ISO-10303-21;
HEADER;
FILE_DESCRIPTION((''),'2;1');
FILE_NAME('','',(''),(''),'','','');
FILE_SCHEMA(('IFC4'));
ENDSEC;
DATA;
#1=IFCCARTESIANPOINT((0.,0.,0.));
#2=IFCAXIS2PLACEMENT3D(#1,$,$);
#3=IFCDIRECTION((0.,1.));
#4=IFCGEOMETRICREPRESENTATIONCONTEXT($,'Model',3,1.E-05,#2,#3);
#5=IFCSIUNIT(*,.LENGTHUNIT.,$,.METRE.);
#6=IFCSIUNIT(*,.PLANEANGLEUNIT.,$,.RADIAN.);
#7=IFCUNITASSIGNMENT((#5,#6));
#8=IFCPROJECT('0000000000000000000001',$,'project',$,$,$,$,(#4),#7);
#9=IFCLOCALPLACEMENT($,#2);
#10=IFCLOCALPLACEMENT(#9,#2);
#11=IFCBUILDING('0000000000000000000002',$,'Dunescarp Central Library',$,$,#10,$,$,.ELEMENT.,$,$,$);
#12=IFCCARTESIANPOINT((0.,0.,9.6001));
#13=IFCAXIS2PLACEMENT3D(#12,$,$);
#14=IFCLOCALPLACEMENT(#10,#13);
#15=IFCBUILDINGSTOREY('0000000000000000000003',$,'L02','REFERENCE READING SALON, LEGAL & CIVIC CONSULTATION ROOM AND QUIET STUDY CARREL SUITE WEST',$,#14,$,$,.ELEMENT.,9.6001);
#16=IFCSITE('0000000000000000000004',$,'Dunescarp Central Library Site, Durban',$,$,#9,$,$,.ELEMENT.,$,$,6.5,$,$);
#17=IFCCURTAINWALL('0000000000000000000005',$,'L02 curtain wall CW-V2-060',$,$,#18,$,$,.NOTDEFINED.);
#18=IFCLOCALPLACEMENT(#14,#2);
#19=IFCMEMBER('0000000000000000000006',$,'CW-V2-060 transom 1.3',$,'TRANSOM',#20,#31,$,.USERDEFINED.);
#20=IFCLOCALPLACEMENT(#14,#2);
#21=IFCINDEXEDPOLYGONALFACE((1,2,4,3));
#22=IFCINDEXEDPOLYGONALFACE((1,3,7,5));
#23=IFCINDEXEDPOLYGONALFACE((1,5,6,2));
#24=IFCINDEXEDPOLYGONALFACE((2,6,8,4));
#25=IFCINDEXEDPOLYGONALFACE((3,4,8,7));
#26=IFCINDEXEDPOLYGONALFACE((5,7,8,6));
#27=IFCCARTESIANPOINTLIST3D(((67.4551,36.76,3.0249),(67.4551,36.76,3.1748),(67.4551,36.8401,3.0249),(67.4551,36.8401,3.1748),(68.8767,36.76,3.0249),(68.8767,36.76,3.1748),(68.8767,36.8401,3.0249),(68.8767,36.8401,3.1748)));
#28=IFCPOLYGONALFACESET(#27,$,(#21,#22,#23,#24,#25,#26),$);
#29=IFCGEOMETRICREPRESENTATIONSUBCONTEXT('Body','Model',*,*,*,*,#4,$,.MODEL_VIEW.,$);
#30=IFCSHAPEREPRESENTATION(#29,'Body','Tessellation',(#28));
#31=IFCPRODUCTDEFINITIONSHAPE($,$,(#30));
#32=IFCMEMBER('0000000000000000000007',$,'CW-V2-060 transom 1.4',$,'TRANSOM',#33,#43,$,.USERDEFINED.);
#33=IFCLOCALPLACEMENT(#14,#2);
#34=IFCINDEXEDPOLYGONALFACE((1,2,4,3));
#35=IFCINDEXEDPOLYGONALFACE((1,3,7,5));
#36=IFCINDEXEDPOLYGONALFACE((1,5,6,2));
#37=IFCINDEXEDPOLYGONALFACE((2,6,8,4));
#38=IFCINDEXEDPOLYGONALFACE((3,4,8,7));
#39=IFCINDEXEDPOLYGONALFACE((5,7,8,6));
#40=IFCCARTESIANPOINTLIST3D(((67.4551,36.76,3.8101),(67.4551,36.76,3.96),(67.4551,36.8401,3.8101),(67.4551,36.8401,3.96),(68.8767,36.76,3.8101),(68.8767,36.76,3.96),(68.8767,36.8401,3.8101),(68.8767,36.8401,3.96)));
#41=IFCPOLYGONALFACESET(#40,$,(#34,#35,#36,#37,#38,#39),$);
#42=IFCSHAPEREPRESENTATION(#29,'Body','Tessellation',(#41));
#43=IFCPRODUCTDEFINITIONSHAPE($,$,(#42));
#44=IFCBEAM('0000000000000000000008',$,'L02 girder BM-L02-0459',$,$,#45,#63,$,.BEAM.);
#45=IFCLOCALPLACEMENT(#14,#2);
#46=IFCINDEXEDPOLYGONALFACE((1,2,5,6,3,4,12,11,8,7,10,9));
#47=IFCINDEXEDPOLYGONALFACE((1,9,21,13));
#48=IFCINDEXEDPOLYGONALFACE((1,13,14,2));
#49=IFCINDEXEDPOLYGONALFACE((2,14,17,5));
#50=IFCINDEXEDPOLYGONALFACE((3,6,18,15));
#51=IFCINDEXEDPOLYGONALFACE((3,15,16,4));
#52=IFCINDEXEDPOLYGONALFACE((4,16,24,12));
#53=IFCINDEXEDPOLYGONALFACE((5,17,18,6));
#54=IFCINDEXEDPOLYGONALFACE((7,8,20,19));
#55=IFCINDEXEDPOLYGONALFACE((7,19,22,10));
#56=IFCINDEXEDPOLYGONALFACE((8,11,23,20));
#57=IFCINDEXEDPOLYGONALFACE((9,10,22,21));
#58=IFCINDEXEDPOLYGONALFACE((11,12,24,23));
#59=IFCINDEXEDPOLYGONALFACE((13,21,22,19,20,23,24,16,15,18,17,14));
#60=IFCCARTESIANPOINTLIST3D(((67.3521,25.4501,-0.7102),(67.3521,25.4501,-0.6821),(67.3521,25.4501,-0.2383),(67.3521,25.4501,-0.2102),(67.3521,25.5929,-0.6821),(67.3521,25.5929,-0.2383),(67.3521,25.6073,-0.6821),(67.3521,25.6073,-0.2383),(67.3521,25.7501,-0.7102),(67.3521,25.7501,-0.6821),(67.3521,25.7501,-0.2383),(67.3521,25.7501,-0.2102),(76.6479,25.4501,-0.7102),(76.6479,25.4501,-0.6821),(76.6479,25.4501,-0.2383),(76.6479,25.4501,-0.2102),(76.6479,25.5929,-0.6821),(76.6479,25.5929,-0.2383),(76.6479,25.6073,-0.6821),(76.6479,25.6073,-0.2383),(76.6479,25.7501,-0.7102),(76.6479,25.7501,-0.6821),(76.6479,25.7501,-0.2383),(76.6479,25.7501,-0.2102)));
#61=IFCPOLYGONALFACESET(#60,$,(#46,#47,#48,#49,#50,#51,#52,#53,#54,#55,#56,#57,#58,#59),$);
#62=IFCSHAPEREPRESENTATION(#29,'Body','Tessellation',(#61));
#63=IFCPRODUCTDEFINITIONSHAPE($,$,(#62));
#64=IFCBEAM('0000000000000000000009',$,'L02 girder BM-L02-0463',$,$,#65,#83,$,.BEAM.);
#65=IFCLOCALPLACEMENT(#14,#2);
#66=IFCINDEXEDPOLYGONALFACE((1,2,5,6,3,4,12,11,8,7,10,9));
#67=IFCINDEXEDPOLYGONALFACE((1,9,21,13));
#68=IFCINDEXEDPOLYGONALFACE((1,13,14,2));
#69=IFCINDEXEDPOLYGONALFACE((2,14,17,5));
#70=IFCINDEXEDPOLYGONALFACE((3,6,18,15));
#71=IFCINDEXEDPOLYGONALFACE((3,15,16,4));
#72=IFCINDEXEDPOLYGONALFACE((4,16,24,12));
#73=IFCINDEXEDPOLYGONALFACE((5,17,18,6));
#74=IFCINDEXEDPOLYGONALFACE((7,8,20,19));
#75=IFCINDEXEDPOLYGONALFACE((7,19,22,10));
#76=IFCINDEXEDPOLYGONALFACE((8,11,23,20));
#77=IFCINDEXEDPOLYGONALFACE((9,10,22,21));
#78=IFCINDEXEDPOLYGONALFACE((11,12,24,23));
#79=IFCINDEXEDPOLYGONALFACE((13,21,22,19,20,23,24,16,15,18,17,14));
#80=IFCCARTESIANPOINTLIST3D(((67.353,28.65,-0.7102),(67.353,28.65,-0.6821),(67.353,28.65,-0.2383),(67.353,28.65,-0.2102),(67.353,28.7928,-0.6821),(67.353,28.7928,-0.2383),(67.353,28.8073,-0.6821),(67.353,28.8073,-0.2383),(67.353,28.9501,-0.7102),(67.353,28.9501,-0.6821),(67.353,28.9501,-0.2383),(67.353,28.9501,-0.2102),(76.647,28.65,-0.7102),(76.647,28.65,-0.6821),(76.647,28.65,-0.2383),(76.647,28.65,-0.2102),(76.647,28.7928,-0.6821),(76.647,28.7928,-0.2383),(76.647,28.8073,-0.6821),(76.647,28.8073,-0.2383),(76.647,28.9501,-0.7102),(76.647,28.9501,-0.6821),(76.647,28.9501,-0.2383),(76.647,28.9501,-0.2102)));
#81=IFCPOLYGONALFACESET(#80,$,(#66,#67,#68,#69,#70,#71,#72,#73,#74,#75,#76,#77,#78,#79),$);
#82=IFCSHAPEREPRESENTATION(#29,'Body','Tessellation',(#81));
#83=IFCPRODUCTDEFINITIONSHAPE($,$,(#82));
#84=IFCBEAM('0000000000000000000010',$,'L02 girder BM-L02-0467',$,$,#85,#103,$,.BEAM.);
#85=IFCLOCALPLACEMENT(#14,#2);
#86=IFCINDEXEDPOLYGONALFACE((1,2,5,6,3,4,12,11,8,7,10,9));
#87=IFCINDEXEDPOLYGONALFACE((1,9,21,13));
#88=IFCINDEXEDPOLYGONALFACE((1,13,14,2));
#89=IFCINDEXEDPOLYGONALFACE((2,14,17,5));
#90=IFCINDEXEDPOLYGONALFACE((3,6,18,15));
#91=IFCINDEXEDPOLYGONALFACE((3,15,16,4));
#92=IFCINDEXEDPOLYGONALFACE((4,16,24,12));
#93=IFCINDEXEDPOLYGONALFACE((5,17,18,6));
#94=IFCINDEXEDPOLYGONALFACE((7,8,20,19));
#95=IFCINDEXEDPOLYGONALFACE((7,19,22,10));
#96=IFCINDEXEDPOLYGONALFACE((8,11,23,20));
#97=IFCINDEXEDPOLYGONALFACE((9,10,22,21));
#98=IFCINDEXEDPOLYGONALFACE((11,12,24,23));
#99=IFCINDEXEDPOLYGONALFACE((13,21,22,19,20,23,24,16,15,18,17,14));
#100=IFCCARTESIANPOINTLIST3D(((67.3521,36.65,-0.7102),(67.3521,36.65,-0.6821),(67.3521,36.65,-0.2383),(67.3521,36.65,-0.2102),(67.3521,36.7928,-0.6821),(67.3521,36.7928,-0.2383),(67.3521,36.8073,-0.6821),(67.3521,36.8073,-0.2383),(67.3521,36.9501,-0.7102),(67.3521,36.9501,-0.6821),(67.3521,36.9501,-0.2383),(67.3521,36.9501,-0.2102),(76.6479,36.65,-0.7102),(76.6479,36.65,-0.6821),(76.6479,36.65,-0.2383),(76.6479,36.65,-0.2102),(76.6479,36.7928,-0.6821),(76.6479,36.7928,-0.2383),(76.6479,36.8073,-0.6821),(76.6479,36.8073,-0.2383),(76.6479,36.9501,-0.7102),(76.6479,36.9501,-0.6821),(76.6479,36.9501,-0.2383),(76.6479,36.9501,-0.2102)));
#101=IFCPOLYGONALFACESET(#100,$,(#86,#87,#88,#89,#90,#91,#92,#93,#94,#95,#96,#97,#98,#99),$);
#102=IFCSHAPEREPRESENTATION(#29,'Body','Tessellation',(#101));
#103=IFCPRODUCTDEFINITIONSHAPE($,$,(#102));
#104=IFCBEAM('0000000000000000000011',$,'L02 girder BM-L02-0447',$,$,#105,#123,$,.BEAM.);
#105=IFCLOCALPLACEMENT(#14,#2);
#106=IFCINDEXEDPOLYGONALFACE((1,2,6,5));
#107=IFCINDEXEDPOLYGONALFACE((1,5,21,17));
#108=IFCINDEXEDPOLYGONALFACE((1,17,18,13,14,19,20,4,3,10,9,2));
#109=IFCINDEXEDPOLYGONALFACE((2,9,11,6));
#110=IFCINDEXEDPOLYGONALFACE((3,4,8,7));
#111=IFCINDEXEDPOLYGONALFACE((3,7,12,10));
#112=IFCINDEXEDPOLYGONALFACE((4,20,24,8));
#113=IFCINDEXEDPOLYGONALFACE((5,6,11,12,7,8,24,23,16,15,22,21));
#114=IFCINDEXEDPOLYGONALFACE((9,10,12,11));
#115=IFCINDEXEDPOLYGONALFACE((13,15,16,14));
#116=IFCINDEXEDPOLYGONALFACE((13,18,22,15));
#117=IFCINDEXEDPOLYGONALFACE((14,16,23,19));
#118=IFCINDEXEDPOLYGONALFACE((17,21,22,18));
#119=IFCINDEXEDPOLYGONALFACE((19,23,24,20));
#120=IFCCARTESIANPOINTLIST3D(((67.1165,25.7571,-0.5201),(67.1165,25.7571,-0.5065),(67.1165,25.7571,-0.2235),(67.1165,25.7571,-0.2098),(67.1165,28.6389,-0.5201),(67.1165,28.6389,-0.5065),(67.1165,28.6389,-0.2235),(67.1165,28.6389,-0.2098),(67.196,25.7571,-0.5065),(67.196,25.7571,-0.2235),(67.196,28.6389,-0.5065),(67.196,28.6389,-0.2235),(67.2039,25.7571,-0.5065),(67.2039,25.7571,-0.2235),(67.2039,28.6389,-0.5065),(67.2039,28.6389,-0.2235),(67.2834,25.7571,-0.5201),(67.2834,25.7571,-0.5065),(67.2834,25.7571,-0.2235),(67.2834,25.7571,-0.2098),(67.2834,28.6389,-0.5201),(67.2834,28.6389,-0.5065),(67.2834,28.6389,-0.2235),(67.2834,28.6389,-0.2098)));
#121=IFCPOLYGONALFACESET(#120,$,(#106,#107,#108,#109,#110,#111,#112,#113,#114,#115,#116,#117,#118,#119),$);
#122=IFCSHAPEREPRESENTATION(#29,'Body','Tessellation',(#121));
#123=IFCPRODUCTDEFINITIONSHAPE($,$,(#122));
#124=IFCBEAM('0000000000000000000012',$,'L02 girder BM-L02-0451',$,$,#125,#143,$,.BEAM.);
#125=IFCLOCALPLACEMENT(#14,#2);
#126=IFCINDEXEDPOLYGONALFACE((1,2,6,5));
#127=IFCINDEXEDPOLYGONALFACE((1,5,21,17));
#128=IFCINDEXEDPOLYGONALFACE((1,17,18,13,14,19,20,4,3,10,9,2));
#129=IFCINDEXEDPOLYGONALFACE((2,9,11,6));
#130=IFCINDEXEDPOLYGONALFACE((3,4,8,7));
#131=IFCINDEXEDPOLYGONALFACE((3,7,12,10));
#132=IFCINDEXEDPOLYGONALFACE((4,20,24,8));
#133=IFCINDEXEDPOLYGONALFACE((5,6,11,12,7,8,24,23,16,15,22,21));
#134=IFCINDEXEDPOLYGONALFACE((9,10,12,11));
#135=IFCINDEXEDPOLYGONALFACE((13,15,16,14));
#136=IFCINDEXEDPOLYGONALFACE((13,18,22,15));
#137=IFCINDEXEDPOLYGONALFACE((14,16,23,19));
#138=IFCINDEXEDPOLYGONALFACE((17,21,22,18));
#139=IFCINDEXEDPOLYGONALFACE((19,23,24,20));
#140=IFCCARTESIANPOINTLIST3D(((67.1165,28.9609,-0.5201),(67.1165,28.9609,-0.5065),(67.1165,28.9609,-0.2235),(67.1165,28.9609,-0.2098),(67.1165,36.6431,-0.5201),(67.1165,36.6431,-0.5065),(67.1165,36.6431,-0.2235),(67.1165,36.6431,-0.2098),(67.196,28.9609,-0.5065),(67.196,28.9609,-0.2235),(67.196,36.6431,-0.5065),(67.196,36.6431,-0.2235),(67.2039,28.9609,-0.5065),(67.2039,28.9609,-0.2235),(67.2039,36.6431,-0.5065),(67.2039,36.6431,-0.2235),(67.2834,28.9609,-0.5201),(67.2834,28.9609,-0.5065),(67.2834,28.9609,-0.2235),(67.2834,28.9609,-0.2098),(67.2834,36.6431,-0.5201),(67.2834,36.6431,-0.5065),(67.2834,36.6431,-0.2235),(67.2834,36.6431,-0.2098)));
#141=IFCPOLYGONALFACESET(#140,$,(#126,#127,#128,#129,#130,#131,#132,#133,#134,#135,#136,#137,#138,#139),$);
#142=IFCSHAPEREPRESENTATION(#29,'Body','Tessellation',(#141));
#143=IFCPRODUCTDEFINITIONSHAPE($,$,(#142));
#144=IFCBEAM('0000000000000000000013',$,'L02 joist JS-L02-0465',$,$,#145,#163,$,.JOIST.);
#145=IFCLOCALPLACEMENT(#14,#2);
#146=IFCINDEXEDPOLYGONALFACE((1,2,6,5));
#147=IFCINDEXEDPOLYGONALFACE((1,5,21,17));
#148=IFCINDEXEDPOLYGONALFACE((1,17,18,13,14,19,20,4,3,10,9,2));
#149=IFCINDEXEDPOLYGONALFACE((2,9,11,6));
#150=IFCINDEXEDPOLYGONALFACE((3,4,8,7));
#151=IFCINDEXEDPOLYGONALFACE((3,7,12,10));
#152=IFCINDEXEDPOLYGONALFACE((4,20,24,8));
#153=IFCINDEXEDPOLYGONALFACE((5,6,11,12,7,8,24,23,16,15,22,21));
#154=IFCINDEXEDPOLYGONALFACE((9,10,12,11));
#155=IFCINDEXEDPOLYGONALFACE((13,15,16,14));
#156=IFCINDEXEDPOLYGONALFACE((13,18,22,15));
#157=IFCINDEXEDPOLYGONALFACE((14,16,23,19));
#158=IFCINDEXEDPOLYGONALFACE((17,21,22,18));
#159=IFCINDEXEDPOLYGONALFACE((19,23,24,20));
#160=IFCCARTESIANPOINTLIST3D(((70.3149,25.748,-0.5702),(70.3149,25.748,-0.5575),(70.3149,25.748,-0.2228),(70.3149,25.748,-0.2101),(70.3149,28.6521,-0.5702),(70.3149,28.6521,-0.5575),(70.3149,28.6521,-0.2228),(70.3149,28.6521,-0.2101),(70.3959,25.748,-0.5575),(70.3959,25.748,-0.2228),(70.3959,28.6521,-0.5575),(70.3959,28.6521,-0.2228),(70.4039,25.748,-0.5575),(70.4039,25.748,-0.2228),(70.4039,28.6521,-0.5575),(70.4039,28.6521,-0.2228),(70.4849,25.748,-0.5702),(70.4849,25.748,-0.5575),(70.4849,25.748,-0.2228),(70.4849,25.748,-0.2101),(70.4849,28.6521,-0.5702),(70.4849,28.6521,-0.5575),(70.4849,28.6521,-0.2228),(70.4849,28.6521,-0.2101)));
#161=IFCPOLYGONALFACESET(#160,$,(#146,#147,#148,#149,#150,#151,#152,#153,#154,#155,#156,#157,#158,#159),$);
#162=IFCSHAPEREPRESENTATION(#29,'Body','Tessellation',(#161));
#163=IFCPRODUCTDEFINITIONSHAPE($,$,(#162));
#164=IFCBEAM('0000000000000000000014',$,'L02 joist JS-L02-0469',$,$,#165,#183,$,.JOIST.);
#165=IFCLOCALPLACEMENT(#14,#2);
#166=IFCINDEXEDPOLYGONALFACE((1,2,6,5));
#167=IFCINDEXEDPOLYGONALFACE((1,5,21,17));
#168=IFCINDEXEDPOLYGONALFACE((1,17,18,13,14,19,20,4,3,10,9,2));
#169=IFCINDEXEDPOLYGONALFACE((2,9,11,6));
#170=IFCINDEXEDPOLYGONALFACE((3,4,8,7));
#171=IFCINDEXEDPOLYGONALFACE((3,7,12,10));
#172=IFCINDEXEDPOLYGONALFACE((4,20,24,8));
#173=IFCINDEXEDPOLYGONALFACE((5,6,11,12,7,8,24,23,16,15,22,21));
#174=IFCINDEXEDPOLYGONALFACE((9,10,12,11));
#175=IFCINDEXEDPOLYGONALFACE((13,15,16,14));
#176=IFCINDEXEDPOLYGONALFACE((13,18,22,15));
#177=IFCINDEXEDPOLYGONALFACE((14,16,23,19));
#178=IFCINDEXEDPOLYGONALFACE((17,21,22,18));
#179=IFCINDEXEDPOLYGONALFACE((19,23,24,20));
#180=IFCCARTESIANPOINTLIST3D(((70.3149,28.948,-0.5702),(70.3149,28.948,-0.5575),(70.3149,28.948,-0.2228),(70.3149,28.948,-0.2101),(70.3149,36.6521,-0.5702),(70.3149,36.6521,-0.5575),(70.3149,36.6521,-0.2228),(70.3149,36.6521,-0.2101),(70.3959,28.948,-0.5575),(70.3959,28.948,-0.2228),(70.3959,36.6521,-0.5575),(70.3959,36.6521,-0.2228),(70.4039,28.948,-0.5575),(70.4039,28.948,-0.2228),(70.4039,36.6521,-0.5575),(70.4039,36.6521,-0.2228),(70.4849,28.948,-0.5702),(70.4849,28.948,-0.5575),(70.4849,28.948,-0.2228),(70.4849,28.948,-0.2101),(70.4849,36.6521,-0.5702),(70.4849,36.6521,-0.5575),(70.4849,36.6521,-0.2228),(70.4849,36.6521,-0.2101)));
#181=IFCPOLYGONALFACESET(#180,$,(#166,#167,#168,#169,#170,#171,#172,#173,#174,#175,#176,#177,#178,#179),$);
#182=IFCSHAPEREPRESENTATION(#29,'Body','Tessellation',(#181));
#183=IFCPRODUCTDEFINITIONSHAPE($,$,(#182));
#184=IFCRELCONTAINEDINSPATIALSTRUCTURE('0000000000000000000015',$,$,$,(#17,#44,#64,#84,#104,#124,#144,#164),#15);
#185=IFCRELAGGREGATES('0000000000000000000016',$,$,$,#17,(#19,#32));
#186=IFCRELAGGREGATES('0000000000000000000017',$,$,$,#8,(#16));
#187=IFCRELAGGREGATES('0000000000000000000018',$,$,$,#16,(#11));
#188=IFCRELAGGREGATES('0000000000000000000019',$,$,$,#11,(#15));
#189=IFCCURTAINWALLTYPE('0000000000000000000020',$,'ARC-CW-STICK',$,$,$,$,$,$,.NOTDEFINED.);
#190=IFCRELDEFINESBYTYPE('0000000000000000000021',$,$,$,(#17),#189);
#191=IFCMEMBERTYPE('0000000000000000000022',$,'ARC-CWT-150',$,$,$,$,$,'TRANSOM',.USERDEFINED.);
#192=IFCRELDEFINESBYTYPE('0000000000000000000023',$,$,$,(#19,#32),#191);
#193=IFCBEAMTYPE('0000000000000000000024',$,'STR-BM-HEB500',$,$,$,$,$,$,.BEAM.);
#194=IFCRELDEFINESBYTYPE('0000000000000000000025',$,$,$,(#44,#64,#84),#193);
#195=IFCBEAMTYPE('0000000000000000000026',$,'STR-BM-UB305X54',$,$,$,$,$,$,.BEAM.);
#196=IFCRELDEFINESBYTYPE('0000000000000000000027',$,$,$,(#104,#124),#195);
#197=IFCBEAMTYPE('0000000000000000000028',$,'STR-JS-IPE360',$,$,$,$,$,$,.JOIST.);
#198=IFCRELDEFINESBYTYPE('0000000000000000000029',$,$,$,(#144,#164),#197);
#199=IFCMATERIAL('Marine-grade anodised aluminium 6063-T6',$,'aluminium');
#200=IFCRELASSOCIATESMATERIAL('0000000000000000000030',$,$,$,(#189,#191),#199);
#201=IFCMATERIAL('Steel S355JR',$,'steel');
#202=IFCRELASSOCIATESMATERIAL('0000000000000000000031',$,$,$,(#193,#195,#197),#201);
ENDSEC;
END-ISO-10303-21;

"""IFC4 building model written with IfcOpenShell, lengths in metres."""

from ifc_helpers import new_model, si_unit, direction, frame, origin, origin_2d, place, context, subcontext, project, spatial, rectangle, i_section, extrude, material, material_profile, profile_set, type_object, element, aggregate, save


model = new_model("IFC4")

# Units and contexts
model_context = context("Model", 3, precision=1e-05, world=origin(), true_north=direction((0.0, 1.0)))
body_context = subcontext(model_context, "Body", "Model", "MODEL_VIEW")
ifc_project = project(units=[si_unit("LENGTHUNIT", "METRE"), si_unit("PLANEANGLEUNIT", "RADIAN")], contexts=[model_context])

# Site, building, storey
site_placement = place(None, origin())
site = spatial("IfcSite", under=ifc_project, at=site_placement, Name="Dunescarp Central Library Site, Durban", CompositionType="ELEMENT", RefElevation=6.5)
building_placement = place(site_placement, origin())
building = spatial("IfcBuilding", under=site, at=building_placement, Name="Dunescarp Central Library", CompositionType="ELEMENT")
storey_placement = place(building_placement, frame((0.0, 0.0, 9.6001)))
storey = spatial("IfcBuildingStorey", under=building, at=storey_placement, Name="L02", Description="REFERENCE READING SALON, LEGAL & CIVIC CONSULTATION ROOM AND QUIET STUDY CARREL SUITE WEST", CompositionType="ELEMENT", Elevation=9.6001)

# Shared definitions
ifc_material_1 = material(Name="Steel S355JR", Category="steel")

# Shared definitions
ifc_material_2 = material(Name="Marine-grade anodised aluminium 6063-T6", Category="aluminium")
curtain_wall_type = type_object("IfcCurtainWallType", Name="ARC-CW-STICK", PredefinedType="NOTDEFINED", material=ifc_material_2)

# Curtain wall
curtain_wall_1_placement = place(storey_placement, origin())
curtain_wall_1 = element("IfcCurtainWall", 1, at=curtain_wall_1_placement, inside=storey, type_object=curtain_wall_type, Name="L02 curtain wall CW-V2-060", PredefinedType="NOTDEFINED")

# Members
ifc_material_profile_1 = material_profile(ifc_material_2, rectangle(XDim=0.0801, YDim=0.1499, at=origin_2d()), Name="AL 80x150")
ifc_profile_set_1 = profile_set([ifc_material_profile_1], Name="Marine-grade anodised aluminium 6063-T6")
member_type_1 = type_object("IfcMemberType", Name="ARC-CWT-150", ElementType="TRANSOM", PredefinedType="USERDEFINED", material=ifc_profile_set_1)
member_1_placement = place(storey_placement, frame((67.4551, 36.8, 3.0999), z_axis=(1.0, 0.0, 0.0), x_axis=(0.0, 1.0, 0.0)))
member_1 = element("IfcMember", 2, at=member_1_placement, type_object=member_type_1, Name="CW-V2-060 transom 1.3", ObjectType="TRANSOM", PredefinedType="USERDEFINED", context=body_context, shape_type="SweptSolid", body=[
    extrude(rectangle(XDim=0.0801, YDim=0.1499, at=origin_2d()), origin(), (0.0, 0.0, 1.0), 1.4216),
])
member_2_placement = place(storey_placement, frame((67.4551, 36.8, 3.885), z_axis=(1.0, 0.0, 0.0), x_axis=(0.0, 1.0, 0.0)))
member_2 = element("IfcMember", 3, at=member_2_placement, type_object=member_type_1, Name="CW-V2-060 transom 1.4", ObjectType="TRANSOM", PredefinedType="USERDEFINED", context=body_context, shape_type="SweptSolid", body=[
    extrude(rectangle(XDim=0.0801, YDim=0.1499, at=origin_2d()), origin(), (0.0, 0.0, 1.0), 1.4216),
])

# Beams
ifc_material_profile_2 = material_profile(ifc_material_1, i_section(OverallWidth=0.3, OverallDepth=0.5, WebThickness=0.0144, FlangeThickness=0.0281, at=origin_2d()), Name="HEB 500")
ifc_profile_set_2 = profile_set([ifc_material_profile_2], Name="Steel S355JR")
beam_type_1 = type_object("IfcBeamType", Name="STR-BM-HEB500", PredefinedType="BEAM", material=ifc_profile_set_2)
beam_1_placement = place(storey_placement, frame((67.3521, 25.6001, -0.4602), z_axis=(1.0, 0.0, 0.0), x_axis=(0.0, 1.0, 0.0)))
element("IfcBeam", 4, at=beam_1_placement, inside=storey, type_object=beam_type_1, Name="L02 girder BM-L02-0459", PredefinedType="BEAM", context=body_context, shape_type="SweptSolid", body=[
    extrude(i_section(OverallWidth=0.3, OverallDepth=0.5, WebThickness=0.0144, FlangeThickness=0.0281, at=origin_2d()), origin(), (0.0, 0.0, 1.0), 9.2959),
])
beam_2_placement = place(storey_placement, frame((67.353, 28.8, -0.4602), z_axis=(1.0, 0.0, 0.0), x_axis=(0.0, 1.0, 0.0)))
element("IfcBeam", 5, at=beam_2_placement, inside=storey, type_object=beam_type_1, Name="L02 girder BM-L02-0463", PredefinedType="BEAM", context=body_context, shape_type="SweptSolid", body=[
    extrude(i_section(OverallWidth=0.3, OverallDepth=0.5, WebThickness=0.0144, FlangeThickness=0.0281, at=origin_2d()), origin(), (0.0, 0.0, 1.0), 9.2939),
])
beam_3_placement = place(storey_placement, frame((67.3521, 36.8, -0.4602), z_axis=(1.0, 0.0, 0.0), x_axis=(0.0, 1.0, 0.0)))
element("IfcBeam", 6, at=beam_3_placement, inside=storey, type_object=beam_type_1, Name="L02 girder BM-L02-0467", PredefinedType="BEAM", context=body_context, shape_type="SweptSolid", body=[
    extrude(i_section(OverallWidth=0.3, OverallDepth=0.5, WebThickness=0.0144, FlangeThickness=0.0281, at=origin_2d()), origin(), (0.0, 0.0, 1.0), 9.2959),
])
ifc_material_profile_3 = material_profile(ifc_material_1, i_section(OverallWidth=0.167, OverallDepth=0.3103, WebThickness=0.0078, FlangeThickness=0.0137, at=origin_2d()), Name="UB 305x165x54")
ifc_profile_set_3 = profile_set([ifc_material_profile_3], Name="Steel S355JR")
beam_type_2 = type_object("IfcBeamType", Name="STR-BM-UB305X54", PredefinedType="BEAM", material=ifc_profile_set_3)
beam_4_placement = place(storey_placement, frame((67.2, 25.7571, -0.365), z_axis=(0.0, 1.0, 0.0), x_axis=(-1.0, 0.0, 0.0)))
element("IfcBeam", 7, at=beam_4_placement, inside=storey, type_object=beam_type_2, Name="L02 girder BM-L02-0447", PredefinedType="BEAM", context=body_context, shape_type="SweptSolid", body=[
    extrude(i_section(OverallWidth=0.167, OverallDepth=0.3103, WebThickness=0.0078, FlangeThickness=0.0137, at=origin_2d()), origin(), (0.0, 0.0, 1.0), 2.8818),
])
beam_5_placement = place(storey_placement, frame((67.2, 28.9609, -0.365), z_axis=(0.0, 1.0, 0.0), x_axis=(-1.0, 0.0, 0.0)))
element("IfcBeam", 8, at=beam_5_placement, inside=storey, type_object=beam_type_2, Name="L02 girder BM-L02-0451", PredefinedType="BEAM", context=body_context, shape_type="SweptSolid", body=[
    extrude(i_section(OverallWidth=0.167, OverallDepth=0.3103, WebThickness=0.0078, FlangeThickness=0.0137, at=origin_2d()), origin(), (0.0, 0.0, 1.0), 7.6821),
])
ifc_material_profile_4 = material_profile(ifc_material_1, i_section(OverallWidth=0.1699, OverallDepth=0.3601, WebThickness=0.0081, FlangeThickness=0.0127, at=origin_2d()), Name="IPE 360")
ifc_profile_set_4 = profile_set([ifc_material_profile_4], Name="Steel S355JR")
beam_type_3 = type_object("IfcBeamType", Name="STR-JS-IPE360", PredefinedType="JOIST", material=ifc_profile_set_4)
beam_6_placement = place(storey_placement, frame((70.3999, 25.748, -0.3901), z_axis=(0.0, 1.0, 0.0), x_axis=(-1.0, 0.0, 0.0)))
element("IfcBeam", 9, at=beam_6_placement, inside=storey, type_object=beam_type_3, Name="L02 joist JS-L02-0465", PredefinedType="JOIST", context=body_context, shape_type="SweptSolid", body=[
    extrude(i_section(OverallWidth=0.1699, OverallDepth=0.3601, WebThickness=0.0081, FlangeThickness=0.0127, at=origin_2d()), origin(), (0.0, 0.0, 1.0), 2.9041),
])
beam_7_placement = place(storey_placement, frame((70.3999, 28.948, -0.3901), z_axis=(0.0, 1.0, 0.0), x_axis=(-1.0, 0.0, 0.0)))
element("IfcBeam", 10, at=beam_7_placement, inside=storey, type_object=beam_type_3, Name="L02 joist JS-L02-0469", PredefinedType="JOIST", context=body_context, shape_type="SweptSolid", body=[
    extrude(i_section(OverallWidth=0.1699, OverallDepth=0.3601, WebThickness=0.0081, FlangeThickness=0.0127, at=origin_2d()), origin(), (0.0, 0.0, 1.0), 7.7041),
])

aggregate(curtain_wall_1, [member_1, member_2])

save(model, "model.ifc")
